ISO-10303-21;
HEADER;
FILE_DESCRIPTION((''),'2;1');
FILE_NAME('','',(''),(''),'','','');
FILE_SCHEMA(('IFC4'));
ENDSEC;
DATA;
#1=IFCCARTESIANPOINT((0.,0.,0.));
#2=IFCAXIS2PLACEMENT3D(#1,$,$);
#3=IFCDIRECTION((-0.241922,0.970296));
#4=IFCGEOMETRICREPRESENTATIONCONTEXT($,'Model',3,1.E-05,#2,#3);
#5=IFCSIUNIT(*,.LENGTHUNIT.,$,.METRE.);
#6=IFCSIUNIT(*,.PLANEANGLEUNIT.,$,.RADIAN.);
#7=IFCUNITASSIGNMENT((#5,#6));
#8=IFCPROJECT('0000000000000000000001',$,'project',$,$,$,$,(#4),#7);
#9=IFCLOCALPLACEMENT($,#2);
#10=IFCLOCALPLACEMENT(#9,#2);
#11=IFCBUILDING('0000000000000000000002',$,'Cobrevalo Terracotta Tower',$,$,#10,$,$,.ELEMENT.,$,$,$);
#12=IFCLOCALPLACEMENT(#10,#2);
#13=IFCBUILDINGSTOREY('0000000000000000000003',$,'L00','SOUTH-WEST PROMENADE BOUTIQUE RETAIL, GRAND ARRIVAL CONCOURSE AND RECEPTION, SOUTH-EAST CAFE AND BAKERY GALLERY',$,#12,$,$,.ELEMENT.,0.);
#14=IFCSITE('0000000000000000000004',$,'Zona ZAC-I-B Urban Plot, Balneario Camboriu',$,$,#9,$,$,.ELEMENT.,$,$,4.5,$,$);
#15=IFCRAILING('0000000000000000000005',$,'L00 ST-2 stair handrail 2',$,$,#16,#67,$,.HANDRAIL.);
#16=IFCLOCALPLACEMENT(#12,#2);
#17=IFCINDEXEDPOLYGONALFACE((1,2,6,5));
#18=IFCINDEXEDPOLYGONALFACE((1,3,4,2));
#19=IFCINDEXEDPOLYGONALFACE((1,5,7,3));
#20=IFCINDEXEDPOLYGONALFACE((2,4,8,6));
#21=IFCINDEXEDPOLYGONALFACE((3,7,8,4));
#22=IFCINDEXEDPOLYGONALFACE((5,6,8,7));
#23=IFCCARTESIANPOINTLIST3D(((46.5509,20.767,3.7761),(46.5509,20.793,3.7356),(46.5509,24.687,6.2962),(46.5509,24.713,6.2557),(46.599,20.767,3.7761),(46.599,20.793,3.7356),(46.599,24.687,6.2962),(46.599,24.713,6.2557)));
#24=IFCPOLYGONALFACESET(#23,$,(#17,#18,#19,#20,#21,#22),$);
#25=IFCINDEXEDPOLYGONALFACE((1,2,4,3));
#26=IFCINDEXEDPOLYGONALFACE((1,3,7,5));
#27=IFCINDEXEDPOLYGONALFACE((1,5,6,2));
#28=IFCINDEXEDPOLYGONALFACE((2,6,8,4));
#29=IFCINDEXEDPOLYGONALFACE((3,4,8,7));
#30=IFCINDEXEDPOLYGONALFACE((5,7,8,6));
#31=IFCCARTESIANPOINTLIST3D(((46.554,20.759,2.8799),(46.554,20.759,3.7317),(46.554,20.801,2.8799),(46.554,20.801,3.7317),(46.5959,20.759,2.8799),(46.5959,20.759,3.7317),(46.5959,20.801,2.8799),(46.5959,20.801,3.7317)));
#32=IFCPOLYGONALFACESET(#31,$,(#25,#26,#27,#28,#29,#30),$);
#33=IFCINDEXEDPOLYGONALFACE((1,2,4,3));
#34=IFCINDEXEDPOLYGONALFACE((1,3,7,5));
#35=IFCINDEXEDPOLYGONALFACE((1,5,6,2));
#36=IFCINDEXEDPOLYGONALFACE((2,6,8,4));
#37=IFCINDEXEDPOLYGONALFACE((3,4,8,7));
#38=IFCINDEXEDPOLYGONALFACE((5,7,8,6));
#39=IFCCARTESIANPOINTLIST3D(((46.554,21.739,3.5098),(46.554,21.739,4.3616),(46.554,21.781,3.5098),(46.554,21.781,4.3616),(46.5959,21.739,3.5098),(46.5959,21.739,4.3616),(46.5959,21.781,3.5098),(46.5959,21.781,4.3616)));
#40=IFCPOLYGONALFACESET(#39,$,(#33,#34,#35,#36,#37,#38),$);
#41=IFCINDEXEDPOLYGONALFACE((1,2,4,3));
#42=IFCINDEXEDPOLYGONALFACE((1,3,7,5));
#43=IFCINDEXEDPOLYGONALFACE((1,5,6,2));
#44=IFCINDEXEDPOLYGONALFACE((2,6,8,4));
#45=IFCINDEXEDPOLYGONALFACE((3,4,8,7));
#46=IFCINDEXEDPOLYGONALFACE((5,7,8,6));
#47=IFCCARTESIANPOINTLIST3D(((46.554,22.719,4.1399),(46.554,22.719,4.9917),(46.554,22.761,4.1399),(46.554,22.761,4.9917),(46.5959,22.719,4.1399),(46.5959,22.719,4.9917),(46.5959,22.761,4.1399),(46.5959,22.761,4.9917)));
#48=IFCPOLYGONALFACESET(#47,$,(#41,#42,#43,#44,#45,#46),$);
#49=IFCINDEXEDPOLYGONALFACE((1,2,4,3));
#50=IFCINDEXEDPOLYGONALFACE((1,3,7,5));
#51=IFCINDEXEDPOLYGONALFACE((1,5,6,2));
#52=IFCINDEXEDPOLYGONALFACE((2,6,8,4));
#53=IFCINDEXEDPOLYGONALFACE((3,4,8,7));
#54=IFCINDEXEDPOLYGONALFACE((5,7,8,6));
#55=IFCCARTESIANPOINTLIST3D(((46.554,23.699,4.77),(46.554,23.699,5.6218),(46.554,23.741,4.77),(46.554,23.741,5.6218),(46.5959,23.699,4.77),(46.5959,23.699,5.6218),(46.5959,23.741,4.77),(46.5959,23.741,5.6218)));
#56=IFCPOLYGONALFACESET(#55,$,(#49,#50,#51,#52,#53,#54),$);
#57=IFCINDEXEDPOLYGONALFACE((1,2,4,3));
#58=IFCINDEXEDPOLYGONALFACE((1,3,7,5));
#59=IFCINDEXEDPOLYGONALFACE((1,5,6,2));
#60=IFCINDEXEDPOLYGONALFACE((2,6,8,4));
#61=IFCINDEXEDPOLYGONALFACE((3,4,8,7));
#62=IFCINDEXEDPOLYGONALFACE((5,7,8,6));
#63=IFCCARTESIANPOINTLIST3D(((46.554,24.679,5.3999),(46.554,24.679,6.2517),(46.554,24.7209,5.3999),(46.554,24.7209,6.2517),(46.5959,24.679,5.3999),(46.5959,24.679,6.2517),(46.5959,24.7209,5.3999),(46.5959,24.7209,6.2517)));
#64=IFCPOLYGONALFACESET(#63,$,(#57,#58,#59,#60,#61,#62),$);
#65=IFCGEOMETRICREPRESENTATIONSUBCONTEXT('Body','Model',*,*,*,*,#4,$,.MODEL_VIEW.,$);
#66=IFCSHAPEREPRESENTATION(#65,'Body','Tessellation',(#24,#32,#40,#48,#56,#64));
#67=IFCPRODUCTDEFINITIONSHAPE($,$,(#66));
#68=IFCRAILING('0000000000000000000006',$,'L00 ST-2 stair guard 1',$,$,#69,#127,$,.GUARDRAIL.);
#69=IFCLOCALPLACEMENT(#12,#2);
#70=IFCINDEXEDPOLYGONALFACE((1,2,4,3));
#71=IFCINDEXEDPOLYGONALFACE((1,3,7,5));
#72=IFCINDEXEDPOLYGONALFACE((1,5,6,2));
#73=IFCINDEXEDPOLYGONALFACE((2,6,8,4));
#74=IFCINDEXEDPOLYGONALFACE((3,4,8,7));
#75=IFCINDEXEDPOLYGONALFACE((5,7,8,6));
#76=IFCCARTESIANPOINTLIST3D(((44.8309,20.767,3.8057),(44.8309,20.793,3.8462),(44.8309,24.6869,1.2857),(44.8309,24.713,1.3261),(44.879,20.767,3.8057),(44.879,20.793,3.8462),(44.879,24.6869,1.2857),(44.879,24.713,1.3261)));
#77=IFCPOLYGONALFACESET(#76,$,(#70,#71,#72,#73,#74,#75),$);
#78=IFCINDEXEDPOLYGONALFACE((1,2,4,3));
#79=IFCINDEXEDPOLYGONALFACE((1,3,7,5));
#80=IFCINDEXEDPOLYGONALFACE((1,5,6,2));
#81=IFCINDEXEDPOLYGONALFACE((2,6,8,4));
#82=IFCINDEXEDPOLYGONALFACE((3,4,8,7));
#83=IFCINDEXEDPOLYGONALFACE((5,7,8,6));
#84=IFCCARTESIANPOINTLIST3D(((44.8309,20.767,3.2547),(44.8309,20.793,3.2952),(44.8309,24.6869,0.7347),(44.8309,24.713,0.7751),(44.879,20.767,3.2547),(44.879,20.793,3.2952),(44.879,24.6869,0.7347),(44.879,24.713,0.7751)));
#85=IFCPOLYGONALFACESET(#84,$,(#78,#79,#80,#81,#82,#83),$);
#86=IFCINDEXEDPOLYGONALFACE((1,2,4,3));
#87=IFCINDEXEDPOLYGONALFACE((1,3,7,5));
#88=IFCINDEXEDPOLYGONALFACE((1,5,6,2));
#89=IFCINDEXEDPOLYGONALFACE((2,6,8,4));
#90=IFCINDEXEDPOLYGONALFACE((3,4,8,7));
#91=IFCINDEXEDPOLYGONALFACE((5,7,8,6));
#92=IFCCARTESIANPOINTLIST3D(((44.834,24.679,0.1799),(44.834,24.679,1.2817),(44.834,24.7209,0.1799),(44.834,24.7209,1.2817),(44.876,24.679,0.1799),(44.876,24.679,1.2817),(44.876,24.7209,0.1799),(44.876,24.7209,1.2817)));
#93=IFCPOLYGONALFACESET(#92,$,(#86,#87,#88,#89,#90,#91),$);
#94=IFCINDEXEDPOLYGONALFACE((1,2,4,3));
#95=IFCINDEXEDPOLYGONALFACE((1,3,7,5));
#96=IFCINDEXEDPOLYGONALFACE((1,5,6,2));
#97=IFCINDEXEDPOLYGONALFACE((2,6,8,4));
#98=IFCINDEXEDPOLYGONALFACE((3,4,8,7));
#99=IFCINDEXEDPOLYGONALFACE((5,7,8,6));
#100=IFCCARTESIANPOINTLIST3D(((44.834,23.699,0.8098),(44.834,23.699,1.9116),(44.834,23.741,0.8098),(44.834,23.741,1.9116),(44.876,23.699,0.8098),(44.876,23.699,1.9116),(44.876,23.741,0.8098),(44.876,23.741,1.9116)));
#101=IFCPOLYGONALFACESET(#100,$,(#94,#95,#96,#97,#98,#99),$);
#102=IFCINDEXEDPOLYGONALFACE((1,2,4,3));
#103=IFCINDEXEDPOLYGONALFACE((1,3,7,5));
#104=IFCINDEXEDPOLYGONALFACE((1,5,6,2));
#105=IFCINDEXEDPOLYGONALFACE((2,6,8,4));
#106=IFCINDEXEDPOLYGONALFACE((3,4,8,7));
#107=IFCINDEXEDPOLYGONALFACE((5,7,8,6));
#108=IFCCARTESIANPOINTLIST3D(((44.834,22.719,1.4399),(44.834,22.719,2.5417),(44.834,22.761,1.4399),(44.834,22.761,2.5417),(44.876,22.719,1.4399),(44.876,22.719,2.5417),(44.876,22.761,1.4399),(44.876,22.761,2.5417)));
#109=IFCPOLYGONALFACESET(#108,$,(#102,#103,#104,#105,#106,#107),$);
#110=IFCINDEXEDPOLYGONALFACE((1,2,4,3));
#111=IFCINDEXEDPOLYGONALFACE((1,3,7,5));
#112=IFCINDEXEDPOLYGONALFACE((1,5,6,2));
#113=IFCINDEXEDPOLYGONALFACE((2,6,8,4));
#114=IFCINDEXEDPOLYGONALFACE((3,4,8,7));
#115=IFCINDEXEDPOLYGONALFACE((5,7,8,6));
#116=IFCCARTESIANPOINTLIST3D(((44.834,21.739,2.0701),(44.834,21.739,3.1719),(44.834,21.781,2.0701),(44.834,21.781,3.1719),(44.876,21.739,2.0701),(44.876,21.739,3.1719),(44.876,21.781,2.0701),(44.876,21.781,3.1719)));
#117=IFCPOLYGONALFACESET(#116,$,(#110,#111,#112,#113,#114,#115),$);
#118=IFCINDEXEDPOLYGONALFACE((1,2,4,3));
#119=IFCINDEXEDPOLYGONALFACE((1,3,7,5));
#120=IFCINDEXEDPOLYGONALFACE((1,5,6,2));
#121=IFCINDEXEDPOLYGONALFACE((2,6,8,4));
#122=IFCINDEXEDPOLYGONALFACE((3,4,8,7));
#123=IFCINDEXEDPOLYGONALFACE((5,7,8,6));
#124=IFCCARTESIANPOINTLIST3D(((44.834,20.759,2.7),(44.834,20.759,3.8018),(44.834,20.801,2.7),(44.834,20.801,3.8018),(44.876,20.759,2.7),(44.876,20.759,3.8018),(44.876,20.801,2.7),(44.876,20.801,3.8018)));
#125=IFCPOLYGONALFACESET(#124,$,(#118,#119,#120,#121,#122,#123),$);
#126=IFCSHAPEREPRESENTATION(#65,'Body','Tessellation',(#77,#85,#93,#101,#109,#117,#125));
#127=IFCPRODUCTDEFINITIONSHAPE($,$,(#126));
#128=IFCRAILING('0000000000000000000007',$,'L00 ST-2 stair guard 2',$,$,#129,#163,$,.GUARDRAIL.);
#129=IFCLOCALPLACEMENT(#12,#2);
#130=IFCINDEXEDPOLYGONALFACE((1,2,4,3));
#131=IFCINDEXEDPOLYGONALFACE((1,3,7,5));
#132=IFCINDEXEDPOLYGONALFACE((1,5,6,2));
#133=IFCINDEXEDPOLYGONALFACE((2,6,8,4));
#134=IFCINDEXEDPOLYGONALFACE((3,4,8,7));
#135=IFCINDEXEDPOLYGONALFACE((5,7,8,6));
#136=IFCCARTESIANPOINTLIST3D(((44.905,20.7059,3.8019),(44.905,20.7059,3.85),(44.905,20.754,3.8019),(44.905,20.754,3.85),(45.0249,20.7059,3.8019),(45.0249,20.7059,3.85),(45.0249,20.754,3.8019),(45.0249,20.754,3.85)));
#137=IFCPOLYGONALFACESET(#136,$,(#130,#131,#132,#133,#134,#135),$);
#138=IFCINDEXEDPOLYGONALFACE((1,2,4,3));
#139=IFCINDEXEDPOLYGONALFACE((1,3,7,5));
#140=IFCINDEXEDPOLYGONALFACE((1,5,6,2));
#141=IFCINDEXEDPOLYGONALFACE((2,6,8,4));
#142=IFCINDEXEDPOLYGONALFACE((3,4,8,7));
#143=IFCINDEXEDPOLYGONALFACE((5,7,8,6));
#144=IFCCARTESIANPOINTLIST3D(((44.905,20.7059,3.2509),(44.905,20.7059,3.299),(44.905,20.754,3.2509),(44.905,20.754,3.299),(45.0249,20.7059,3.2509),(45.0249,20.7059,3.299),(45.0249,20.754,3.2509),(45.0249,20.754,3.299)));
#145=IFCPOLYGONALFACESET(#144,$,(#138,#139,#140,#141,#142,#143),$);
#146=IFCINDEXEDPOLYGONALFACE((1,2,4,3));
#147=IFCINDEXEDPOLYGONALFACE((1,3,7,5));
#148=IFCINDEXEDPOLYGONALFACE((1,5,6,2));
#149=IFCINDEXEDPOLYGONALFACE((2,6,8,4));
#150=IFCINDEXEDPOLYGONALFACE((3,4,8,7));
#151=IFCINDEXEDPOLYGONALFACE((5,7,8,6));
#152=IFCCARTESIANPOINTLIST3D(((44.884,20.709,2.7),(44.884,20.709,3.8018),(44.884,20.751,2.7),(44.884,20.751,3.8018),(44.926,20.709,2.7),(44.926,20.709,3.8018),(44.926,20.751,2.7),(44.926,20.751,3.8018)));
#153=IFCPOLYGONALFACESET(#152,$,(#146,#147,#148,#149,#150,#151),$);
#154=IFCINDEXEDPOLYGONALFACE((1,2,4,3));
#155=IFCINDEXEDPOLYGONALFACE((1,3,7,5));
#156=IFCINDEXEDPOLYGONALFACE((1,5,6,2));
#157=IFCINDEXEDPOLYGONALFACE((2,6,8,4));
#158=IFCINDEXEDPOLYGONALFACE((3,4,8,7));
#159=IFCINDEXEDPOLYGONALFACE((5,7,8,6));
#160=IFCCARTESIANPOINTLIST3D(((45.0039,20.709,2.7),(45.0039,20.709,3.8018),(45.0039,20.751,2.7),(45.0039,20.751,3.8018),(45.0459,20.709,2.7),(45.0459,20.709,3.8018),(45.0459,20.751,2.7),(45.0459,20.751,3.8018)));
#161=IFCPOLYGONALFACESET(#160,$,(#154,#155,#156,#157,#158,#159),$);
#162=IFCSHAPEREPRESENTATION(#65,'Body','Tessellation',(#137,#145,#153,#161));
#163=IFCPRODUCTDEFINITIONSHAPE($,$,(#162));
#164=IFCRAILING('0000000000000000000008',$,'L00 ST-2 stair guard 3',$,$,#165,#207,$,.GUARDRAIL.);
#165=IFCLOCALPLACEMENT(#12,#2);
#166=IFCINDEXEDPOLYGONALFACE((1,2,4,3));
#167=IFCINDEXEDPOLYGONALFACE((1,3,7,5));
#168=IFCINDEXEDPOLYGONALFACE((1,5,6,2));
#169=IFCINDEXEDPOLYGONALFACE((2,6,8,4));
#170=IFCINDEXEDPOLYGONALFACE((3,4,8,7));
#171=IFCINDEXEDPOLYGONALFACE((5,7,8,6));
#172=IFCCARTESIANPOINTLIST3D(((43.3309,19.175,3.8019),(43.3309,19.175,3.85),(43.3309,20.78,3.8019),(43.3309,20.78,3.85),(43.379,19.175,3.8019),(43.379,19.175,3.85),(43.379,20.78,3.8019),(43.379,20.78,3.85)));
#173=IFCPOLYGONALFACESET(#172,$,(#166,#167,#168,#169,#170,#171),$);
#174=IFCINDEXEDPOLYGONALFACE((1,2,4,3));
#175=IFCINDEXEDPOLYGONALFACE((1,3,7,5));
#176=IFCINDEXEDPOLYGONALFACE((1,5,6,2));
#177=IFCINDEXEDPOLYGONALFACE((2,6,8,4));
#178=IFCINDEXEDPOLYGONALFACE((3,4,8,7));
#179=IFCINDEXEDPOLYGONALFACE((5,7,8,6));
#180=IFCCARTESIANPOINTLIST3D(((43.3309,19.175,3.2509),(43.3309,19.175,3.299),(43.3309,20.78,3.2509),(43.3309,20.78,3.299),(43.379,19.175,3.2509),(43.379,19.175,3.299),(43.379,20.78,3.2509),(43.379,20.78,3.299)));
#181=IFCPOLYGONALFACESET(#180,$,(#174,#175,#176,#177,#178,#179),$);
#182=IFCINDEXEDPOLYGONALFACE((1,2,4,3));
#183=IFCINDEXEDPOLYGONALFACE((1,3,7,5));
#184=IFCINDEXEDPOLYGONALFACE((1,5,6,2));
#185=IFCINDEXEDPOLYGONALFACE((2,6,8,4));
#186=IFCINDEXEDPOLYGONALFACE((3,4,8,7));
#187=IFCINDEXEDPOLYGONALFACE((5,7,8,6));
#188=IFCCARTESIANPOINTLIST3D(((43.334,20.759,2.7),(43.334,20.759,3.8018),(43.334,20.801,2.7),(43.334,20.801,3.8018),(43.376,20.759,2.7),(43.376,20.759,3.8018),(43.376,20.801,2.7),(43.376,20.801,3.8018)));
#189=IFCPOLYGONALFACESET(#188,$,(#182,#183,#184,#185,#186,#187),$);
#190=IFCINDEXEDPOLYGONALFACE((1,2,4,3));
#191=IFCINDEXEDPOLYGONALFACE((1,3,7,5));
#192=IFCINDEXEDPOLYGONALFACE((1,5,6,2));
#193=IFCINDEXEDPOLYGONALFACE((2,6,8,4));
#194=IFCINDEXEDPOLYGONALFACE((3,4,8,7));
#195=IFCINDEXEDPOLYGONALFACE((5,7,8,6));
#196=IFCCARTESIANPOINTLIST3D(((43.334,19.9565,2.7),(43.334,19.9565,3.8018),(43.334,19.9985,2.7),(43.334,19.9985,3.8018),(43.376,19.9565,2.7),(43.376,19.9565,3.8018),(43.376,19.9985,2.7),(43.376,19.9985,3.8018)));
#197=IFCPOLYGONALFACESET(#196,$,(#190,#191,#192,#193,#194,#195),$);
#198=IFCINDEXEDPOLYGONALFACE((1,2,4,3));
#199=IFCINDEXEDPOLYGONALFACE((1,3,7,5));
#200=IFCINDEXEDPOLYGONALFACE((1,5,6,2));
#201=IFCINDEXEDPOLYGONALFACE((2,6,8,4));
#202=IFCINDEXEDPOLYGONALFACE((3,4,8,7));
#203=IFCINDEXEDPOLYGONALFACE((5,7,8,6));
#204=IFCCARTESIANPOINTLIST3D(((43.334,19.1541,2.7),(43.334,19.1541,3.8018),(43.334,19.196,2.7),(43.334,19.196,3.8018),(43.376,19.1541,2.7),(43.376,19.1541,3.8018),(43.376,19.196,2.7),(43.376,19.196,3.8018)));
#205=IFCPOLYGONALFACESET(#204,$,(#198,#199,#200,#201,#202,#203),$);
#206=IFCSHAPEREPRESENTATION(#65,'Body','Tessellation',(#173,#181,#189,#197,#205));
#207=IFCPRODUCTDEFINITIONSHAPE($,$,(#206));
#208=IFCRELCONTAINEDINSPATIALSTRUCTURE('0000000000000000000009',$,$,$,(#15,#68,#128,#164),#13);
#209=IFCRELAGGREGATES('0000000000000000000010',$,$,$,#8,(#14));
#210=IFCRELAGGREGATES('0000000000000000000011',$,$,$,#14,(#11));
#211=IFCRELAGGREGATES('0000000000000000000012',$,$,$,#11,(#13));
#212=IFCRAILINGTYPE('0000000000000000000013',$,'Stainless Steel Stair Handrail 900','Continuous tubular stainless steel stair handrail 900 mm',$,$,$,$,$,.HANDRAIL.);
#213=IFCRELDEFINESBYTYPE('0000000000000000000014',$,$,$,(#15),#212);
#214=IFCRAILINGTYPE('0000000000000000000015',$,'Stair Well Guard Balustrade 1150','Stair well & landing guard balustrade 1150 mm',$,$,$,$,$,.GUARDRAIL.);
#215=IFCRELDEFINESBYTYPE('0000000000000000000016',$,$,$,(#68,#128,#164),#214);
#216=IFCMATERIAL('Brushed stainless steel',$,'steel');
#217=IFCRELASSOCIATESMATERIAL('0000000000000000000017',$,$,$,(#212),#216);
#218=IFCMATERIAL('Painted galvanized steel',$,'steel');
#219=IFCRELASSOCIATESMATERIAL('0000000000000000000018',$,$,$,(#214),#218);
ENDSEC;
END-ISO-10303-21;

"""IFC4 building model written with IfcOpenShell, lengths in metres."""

from ifc_helpers import new_model, si_unit, direction, frame, origin, origin_2d, place, context, subcontext, project, spatial, rectangle, extrude, material, type_object, element, save


model = new_model("IFC4")

# Units and contexts
model_context = context("Model", 3, precision=1e-05, world=origin(), true_north=direction((-0.241922, 0.970296)))
body_context = subcontext(model_context, "Body", "Model", "MODEL_VIEW")
ifc_project = project(units=[si_unit("LENGTHUNIT", "METRE"), si_unit("PLANEANGLEUNIT", "RADIAN")], contexts=[model_context])

# Site, building, storey
site_placement = place(None, origin())
site = spatial("IfcSite", under=ifc_project, at=site_placement, Name="Zona ZAC-I-B Urban Plot, Balneario Camboriu", CompositionType="ELEMENT", RefElevation=4.5)
building_placement = place(site_placement, origin())
building = spatial("IfcBuilding", under=site, at=building_placement, Name="Cobrevalo Terracotta Tower", CompositionType="ELEMENT")
storey_placement = place(building_placement, origin())
storey = spatial("IfcBuildingStorey", under=building, at=storey_placement, Name="L00", Description="SOUTH-WEST PROMENADE BOUTIQUE RETAIL, GRAND ARRIVAL CONCOURSE AND RECEPTION, SOUTH-EAST CAFE AND BAKERY GALLERY", CompositionType="ELEMENT", Elevation=0.0)

# Railings
ifc_material_1 = material(Name="Brushed stainless steel", Category="steel")
railing_type_1 = type_object("IfcRailingType", Name="Stainless Steel Stair Handrail 900", Description="Continuous tubular stainless steel stair handrail 900 mm", PredefinedType="HANDRAIL", material=ifc_material_1)
railing_1_placement = place(storey_placement, frame((46.575, 20.78, 2.8799)))
element("IfcRailing", 1, at=railing_1_placement, inside=storey, type_object=railing_type_1, Name="L00 ST-2 stair handrail 2", PredefinedType="HANDRAIL", context=body_context, shape_type="SweptSolid", body=[
    extrude(rectangle(XDim=0.0481, YDim=0.0481, at=origin_2d()), frame((0.0, 0.0, 0.876), z_axis=(0.0, 0.841172, 0.540768), x_axis=(-1.0, 0.0, 0.0)), (0.0, 0.0, 1.0), 4.6602),
    extrude(rectangle(XDim=0.042, YDim=0.042, at=origin_2d()), origin(), (0.0, 0.0, 1.0), 0.8518),
    extrude(rectangle(XDim=0.042, YDim=0.042, at=origin_2d()), frame((0.0, 0.98, 0.6299)), (0.0, 0.0, 1.0), 0.8518),
    extrude(rectangle(XDim=0.042, YDim=0.042, at=origin_2d()), frame((0.0, 1.96, 1.26)), (0.0, 0.0, 1.0), 0.8518),
    extrude(rectangle(XDim=0.042, YDim=0.042, at=origin_2d()), frame((0.0, 2.9399, 1.8901)), (0.0, 0.0, 1.0), 0.8518),
    extrude(rectangle(XDim=0.042, YDim=0.042, at=origin_2d()), frame((0.0, 3.9199, 2.52)), (0.0, 0.0, 1.0), 0.8518),
])
ifc_material_2 = material(Name="Painted galvanized steel", Category="steel")
railing_type_2 = type_object("IfcRailingType", Name="Stair Well Guard Balustrade 1150", Description="Stair well & landing guard balustrade 1150 mm", PredefinedType="GUARDRAIL", material=ifc_material_2)
railing_2_placement = place(storey_placement, frame((44.855, 24.7, 0.1799)))
element("IfcRailing", 2, at=railing_2_placement, inside=storey, type_object=railing_type_2, Name="L00 ST-2 stair guard 1", PredefinedType="GUARDRAIL", context=body_context, shape_type="SweptSolid", body=[
    extrude(rectangle(XDim=0.0481, YDim=0.0481, at=origin_2d()), frame((0.0, 0.0, 1.126), z_axis=(0.0, -0.841172, 0.540768), x_axis=(1.0, 0.0, 0.0)), (0.0, 0.0, 1.0), 4.6602),
    extrude(rectangle(XDim=0.0481, YDim=0.0481, at=origin_2d()), frame((0.0, 0.0, 0.575), z_axis=(0.0, -0.841172, 0.540768), x_axis=(1.0, 0.0, 0.0)), (0.0, 0.0, 1.0), 4.6602),
    extrude(rectangle(XDim=0.042, YDim=0.042, at=origin_2d()), origin(), (0.0, 0.0, 1.0), 1.1018),
    extrude(rectangle(XDim=0.042, YDim=0.042, at=origin_2d()), frame((0.0, -0.98, 0.6299)), (0.0, 0.0, 1.0), 1.1018),
    extrude(rectangle(XDim=0.042, YDim=0.042, at=origin_2d()), frame((0.0, -1.96, 1.26)), (0.0, 0.0, 1.0), 1.1018),
    extrude(rectangle(XDim=0.042, YDim=0.042, at=origin_2d()), frame((0.0, -2.9399, 1.8901)), (0.0, 0.0, 1.0), 1.1018),
    extrude(rectangle(XDim=0.042, YDim=0.042, at=origin_2d()), frame((0.0, -3.9199, 2.52)), (0.0, 0.0, 1.0), 1.1018),
])
railing_3_placement = place(storey_placement, frame((44.905, 20.73, 2.7)))
element("IfcRailing", 3, at=railing_3_placement, inside=storey, type_object=railing_type_2, Name="L00 ST-2 stair guard 2", PredefinedType="GUARDRAIL", context=body_context, shape_type="SweptSolid", body=[
    extrude(rectangle(XDim=0.0481, YDim=0.0481, at=origin_2d()), frame((0.0, 0.0, 1.126), z_axis=(1.0, 0.0, 0.0), x_axis=(0.0, 1.0, 0.0)), (0.0, 0.0, 1.0), 0.1199),
    extrude(rectangle(XDim=0.0481, YDim=0.0481, at=origin_2d()), frame((0.0, 0.0, 0.575), z_axis=(1.0, 0.0, 0.0), x_axis=(0.0, 1.0, 0.0)), (0.0, 0.0, 1.0), 0.1199),
    extrude(rectangle(XDim=0.042, YDim=0.042, at=origin_2d()), origin(), (0.0, 0.0, 1.0), 1.1018),
    extrude(rectangle(XDim=0.042, YDim=0.042, at=origin_2d()), frame((0.1199, 0.0, 0.0)), (0.0, 0.0, 1.0), 1.1018),
])
for number, where, name in (
    (4, (43.355, 20.78, 2.7), "L00 ST-2 stair guard 3"),
):
    element("IfcRailing", number, at=place(storey_placement, frame(where)), inside=storey, type_object=railing_type_2, Name=name, PredefinedType="GUARDRAIL", context=body_context, shape_type="SweptSolid", body=[
        extrude(rectangle(XDim=0.0481, YDim=0.0481, at=origin_2d()), frame((0.0, 0.0, 1.126), z_axis=(0.0, -1.0, 0.0), x_axis=(1.0, 0.0, 0.0)), (0.0, 0.0, 1.0), 1.605),
        extrude(rectangle(XDim=0.0481, YDim=0.0481, at=origin_2d()), frame((0.0, 0.0, 0.575), z_axis=(0.0, -1.0, 0.0), x_axis=(1.0, 0.0, 0.0)), (0.0, 0.0, 1.0), 1.605),
        extrude(rectangle(XDim=0.042, YDim=0.042, at=origin_2d()), origin(), (0.0, 0.0, 1.0), 1.1018),
        extrude(rectangle(XDim=0.042, YDim=0.042, at=origin_2d()), frame((0.0, -0.8025, 0.0)), (0.0, 0.0, 1.0), 1.1018),
        extrude(rectangle(XDim=0.042, YDim=0.042, at=origin_2d()), frame((0.0, -1.605, 0.0)), (0.0, 0.0, 1.0), 1.1018),
    ])

save(model, "model.ifc")
